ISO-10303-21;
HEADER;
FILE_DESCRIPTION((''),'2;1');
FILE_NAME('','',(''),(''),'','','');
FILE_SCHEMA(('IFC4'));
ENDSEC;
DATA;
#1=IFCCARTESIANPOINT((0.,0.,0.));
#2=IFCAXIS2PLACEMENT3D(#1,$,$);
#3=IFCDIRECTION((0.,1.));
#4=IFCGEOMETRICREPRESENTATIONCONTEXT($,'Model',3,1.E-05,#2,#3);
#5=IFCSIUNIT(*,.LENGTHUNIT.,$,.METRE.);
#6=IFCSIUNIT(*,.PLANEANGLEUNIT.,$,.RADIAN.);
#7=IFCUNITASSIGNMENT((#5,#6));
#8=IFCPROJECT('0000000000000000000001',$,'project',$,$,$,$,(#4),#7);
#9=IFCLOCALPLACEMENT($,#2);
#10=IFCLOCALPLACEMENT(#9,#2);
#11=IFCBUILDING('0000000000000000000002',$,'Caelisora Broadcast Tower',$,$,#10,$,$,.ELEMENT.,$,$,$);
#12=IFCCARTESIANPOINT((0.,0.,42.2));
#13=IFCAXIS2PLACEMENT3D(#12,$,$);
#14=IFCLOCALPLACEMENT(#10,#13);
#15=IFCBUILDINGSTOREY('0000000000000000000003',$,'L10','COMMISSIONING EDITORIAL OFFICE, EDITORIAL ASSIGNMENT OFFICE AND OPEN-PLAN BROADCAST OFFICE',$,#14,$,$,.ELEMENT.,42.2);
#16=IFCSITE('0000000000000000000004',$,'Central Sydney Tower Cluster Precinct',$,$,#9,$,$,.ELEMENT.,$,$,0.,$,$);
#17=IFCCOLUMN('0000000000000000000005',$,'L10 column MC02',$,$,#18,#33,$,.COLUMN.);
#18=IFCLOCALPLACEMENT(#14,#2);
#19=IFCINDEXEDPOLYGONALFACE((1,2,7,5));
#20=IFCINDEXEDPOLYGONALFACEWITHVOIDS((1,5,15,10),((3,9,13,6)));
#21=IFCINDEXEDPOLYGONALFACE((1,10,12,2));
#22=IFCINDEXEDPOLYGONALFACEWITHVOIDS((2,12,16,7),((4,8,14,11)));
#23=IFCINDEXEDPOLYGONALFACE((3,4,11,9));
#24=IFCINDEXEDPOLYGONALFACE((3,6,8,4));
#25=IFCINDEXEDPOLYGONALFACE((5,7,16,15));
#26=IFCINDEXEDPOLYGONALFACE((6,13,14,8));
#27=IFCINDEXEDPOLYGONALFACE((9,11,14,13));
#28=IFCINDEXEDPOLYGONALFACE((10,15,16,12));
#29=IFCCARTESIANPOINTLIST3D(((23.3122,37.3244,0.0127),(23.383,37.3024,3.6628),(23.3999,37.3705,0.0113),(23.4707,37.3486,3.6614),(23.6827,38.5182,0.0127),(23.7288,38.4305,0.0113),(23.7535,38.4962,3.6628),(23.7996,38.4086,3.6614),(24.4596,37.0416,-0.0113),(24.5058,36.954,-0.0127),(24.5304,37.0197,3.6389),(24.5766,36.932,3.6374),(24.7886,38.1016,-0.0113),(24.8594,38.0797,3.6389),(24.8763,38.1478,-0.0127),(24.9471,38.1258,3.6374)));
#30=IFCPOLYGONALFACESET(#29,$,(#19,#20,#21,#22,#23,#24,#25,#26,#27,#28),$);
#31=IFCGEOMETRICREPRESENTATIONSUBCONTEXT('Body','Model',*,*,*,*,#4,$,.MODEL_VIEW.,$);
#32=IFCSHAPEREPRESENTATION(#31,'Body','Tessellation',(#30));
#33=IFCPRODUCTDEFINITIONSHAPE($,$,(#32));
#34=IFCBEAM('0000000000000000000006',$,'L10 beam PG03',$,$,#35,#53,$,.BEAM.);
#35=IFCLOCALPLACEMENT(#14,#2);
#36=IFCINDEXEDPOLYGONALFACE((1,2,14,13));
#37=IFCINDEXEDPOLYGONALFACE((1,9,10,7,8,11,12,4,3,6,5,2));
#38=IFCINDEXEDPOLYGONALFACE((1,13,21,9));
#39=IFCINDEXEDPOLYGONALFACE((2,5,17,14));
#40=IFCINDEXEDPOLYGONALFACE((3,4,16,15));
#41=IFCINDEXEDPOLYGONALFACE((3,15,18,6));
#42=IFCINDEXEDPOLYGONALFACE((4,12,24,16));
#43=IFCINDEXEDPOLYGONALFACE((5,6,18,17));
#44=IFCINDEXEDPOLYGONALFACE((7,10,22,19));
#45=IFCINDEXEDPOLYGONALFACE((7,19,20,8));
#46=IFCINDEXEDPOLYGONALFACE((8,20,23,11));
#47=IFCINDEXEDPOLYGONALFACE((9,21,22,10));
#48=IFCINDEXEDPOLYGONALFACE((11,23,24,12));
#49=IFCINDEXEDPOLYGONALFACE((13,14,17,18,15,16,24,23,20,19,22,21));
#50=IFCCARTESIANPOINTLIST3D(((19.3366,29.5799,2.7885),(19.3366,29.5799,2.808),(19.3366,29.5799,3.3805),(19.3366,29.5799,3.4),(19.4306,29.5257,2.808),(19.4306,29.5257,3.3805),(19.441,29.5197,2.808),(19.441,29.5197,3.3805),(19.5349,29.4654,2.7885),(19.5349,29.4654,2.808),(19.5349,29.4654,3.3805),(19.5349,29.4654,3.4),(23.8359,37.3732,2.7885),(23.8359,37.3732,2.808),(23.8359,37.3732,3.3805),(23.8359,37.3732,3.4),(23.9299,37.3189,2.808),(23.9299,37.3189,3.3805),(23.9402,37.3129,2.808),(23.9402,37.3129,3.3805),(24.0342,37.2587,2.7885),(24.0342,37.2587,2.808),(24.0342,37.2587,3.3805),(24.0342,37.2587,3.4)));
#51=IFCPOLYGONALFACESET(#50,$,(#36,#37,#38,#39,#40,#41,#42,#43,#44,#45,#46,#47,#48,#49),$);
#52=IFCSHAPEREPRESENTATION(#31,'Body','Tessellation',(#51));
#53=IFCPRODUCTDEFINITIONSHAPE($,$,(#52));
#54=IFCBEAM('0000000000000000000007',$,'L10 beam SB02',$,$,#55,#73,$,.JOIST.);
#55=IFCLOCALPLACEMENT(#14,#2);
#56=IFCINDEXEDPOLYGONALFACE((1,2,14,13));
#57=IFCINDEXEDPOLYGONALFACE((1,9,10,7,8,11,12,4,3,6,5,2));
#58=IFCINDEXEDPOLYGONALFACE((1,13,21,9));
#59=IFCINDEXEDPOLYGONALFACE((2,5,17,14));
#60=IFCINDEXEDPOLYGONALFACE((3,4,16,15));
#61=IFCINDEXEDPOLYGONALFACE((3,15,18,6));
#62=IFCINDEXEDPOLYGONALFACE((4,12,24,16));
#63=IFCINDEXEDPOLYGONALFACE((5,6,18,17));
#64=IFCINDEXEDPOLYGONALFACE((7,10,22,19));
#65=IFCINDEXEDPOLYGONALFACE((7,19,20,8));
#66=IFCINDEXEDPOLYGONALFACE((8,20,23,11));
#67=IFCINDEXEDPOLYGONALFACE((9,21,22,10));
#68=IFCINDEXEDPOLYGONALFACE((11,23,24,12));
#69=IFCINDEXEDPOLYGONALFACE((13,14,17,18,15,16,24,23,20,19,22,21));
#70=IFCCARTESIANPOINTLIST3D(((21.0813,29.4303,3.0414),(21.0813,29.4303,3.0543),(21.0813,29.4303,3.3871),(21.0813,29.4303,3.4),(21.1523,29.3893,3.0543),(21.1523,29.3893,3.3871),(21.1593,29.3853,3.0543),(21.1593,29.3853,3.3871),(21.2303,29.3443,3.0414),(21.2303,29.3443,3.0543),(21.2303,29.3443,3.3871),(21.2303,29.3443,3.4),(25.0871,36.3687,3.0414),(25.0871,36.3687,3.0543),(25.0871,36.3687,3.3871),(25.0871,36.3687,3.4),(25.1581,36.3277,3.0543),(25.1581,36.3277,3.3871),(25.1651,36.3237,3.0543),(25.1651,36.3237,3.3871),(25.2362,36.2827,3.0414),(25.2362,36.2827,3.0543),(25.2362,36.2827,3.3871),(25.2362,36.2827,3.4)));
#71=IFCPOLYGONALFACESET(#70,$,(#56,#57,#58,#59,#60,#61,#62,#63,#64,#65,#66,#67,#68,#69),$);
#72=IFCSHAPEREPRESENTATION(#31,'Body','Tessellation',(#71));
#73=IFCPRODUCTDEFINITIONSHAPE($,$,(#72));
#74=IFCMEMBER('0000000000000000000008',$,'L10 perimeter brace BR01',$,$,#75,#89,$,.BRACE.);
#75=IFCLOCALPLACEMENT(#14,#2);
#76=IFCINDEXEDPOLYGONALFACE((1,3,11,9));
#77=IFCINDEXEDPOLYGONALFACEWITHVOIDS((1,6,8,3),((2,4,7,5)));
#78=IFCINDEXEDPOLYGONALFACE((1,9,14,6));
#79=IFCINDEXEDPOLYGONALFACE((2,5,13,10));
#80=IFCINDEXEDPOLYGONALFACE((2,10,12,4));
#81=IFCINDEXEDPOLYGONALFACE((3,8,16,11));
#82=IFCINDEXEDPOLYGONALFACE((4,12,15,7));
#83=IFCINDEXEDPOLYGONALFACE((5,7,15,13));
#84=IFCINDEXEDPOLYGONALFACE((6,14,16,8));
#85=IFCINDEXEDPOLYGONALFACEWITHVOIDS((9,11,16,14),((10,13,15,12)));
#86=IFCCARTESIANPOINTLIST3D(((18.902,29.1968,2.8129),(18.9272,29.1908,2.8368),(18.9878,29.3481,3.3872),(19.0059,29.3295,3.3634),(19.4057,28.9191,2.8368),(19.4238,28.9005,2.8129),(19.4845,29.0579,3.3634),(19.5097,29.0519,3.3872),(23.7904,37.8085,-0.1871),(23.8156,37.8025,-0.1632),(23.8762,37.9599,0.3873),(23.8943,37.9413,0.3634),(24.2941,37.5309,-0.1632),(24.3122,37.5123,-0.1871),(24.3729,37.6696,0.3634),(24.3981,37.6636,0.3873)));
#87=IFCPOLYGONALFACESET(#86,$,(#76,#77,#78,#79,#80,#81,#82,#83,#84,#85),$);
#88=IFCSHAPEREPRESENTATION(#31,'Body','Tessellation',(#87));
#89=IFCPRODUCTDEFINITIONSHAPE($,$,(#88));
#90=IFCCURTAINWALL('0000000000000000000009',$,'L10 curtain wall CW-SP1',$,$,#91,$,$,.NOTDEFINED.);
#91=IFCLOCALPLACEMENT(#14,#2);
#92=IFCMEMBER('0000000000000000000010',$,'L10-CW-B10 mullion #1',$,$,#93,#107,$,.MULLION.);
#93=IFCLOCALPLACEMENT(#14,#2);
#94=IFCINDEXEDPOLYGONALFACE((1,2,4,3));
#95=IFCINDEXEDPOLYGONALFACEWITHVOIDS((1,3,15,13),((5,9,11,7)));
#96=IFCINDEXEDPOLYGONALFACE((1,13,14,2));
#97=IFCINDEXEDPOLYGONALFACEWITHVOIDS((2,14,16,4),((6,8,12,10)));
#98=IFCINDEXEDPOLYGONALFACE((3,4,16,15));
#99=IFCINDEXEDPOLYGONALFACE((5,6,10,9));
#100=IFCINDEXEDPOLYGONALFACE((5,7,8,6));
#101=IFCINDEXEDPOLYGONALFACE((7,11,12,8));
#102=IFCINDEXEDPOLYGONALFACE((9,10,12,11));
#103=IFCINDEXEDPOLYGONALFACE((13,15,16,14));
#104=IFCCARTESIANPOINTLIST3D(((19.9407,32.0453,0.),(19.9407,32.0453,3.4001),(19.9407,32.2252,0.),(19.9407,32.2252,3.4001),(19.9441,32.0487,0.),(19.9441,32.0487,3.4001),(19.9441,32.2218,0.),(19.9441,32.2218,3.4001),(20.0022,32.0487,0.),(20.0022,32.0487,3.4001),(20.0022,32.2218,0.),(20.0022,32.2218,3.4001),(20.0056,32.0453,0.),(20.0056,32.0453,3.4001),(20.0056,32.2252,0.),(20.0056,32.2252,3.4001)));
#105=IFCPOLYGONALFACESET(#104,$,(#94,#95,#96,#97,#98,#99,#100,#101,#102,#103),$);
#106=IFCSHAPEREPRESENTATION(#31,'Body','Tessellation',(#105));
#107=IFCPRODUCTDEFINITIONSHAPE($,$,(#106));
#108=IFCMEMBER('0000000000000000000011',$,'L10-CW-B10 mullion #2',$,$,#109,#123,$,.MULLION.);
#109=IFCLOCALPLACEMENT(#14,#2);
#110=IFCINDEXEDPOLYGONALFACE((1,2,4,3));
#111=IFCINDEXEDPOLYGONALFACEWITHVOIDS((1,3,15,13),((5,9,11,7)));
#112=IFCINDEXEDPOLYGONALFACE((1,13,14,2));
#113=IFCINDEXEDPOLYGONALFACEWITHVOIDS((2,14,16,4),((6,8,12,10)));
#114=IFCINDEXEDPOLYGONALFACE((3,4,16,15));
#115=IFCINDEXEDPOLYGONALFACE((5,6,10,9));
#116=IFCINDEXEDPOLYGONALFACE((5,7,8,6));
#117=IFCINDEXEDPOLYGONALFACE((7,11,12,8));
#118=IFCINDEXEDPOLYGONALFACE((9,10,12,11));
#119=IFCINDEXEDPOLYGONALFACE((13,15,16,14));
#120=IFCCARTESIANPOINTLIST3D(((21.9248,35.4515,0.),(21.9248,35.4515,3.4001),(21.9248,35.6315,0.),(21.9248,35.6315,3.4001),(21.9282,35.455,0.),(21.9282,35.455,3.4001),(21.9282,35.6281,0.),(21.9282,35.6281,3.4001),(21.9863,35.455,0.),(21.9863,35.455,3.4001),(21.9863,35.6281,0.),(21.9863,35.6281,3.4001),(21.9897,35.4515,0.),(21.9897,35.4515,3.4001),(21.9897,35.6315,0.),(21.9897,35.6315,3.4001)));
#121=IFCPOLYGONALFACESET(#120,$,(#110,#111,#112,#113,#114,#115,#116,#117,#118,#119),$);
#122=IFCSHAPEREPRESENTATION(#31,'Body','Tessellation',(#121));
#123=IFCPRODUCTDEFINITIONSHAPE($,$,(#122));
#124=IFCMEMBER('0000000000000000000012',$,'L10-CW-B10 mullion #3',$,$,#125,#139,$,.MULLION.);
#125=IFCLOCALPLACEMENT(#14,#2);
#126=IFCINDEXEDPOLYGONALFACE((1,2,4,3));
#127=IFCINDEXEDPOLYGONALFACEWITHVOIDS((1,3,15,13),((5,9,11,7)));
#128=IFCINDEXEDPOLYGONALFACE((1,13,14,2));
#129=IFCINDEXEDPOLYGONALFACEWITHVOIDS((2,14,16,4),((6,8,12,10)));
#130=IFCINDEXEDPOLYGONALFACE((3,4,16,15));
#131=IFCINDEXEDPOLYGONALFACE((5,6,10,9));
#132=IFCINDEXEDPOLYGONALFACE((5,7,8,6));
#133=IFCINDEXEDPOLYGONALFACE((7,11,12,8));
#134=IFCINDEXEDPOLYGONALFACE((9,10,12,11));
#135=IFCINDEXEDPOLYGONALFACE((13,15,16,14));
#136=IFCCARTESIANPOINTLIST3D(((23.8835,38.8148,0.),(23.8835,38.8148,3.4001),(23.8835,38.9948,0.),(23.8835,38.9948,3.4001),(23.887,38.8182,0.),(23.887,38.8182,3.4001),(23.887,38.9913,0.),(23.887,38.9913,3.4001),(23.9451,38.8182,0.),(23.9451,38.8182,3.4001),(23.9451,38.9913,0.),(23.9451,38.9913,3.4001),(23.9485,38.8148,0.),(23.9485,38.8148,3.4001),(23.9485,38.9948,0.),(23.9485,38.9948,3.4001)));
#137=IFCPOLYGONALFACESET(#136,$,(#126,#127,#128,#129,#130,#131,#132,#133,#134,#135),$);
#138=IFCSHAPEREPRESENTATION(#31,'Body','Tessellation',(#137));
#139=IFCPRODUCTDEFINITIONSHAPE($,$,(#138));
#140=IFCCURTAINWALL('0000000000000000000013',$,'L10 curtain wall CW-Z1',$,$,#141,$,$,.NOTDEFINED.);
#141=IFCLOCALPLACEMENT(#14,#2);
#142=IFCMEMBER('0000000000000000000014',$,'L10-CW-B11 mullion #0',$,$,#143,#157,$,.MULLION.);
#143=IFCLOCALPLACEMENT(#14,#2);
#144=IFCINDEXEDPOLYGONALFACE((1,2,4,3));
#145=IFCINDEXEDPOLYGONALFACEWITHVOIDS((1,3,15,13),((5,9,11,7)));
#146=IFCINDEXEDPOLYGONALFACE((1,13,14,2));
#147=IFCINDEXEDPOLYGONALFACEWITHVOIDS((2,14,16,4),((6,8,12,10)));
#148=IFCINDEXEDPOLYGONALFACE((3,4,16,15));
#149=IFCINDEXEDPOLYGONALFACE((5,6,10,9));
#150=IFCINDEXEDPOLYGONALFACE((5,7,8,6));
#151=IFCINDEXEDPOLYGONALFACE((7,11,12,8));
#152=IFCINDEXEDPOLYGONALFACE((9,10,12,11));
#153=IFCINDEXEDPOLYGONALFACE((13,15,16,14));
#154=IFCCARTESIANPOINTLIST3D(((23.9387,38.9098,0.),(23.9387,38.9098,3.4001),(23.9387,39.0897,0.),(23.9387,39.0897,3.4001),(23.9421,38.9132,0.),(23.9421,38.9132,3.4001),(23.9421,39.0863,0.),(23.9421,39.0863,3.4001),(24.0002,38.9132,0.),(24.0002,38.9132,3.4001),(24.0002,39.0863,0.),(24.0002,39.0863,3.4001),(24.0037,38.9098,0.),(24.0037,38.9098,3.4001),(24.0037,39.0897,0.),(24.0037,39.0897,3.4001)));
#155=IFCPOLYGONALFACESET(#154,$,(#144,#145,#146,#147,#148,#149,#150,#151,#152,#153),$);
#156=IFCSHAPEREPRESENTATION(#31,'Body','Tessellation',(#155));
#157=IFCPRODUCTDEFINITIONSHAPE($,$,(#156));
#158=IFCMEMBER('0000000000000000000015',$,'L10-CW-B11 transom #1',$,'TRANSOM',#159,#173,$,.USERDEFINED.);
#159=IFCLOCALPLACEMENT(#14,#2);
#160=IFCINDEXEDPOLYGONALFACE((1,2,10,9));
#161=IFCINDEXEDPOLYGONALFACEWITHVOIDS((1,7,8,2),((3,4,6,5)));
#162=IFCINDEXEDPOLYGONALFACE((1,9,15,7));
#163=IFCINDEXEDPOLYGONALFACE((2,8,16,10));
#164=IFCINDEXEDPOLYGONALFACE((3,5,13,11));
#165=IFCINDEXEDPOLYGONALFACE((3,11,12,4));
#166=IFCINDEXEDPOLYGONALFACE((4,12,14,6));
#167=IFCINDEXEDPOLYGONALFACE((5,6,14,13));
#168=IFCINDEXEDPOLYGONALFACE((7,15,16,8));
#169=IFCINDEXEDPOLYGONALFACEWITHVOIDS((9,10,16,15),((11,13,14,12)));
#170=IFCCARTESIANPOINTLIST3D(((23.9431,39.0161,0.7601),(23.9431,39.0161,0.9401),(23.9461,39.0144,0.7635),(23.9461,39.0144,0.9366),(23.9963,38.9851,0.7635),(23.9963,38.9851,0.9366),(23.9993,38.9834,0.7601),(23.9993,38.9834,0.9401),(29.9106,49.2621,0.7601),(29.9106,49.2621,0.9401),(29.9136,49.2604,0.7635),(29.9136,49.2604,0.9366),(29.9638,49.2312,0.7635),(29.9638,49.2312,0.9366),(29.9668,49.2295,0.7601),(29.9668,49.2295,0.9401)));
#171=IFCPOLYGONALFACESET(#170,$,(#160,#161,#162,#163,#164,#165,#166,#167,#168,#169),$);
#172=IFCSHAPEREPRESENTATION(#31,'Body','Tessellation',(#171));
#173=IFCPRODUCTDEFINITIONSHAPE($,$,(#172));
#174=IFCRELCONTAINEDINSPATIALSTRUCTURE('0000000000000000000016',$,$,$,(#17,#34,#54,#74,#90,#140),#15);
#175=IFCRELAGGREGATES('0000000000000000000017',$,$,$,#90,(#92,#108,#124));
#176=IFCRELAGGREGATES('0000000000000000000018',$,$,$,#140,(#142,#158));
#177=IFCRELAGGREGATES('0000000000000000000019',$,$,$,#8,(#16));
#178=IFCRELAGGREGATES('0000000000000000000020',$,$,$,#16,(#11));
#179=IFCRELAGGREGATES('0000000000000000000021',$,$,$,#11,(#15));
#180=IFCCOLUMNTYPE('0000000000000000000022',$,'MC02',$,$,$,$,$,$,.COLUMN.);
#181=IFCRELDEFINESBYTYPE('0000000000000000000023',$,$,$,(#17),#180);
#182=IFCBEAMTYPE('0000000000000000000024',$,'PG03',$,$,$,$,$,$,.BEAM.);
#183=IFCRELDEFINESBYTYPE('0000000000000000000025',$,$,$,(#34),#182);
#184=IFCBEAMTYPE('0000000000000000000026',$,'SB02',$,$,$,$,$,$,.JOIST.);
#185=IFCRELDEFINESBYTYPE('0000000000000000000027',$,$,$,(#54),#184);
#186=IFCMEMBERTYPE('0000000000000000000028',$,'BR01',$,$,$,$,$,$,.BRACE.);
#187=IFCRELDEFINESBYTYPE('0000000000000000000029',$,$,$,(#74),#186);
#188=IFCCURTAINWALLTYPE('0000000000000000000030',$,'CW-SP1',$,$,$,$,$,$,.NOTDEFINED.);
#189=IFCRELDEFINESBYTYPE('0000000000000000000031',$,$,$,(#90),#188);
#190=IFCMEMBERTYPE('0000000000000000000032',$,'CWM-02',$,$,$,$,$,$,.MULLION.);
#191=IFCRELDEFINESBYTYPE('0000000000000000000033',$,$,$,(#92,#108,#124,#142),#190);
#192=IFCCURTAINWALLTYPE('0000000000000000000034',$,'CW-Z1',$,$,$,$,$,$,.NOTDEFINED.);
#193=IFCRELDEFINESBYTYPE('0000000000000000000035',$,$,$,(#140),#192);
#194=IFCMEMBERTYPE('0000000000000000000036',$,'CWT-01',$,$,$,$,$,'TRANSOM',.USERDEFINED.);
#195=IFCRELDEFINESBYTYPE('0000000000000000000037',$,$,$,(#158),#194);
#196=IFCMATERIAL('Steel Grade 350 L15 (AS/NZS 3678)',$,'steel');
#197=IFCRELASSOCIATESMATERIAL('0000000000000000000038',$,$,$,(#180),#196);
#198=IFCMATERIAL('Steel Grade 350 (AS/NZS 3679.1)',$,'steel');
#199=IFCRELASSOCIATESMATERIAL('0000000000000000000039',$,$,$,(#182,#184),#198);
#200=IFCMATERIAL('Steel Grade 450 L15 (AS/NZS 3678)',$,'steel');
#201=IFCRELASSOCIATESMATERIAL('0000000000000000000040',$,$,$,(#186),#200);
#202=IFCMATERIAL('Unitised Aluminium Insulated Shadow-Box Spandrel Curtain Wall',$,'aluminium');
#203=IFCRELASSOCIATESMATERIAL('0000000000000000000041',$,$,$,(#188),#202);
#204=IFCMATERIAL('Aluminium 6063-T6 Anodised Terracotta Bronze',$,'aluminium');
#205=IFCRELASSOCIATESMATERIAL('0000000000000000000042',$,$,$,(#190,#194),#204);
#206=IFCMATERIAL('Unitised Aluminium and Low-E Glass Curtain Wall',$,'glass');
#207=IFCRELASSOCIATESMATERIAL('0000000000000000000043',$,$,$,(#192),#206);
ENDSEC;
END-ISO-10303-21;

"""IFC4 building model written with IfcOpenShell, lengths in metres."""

from ifc_helpers import new_model, si_unit, direction, frame, origin, origin_2d, place, context, subcontext, project, spatial, hollow_rectangle, i_section, extrude, source, transform, mapped, material, material_profile, profile_set, type_object, type_shapes, element, aggregate, save


model = new_model("IFC4")

# Units and contexts
model_context = context("Model", 3, precision=1e-05, world=origin(), true_north=direction((0.0, 1.0)))
body_context = subcontext(model_context, "Body", "Model", "MODEL_VIEW")
ifc_project = project(units=[si_unit("LENGTHUNIT", "METRE"), si_unit("PLANEANGLEUNIT", "RADIAN")], contexts=[model_context])

# Site, building, storey
site_placement = place(None, origin())
site = spatial("IfcSite", under=ifc_project, at=site_placement, Name="Central Sydney Tower Cluster Precinct", CompositionType="ELEMENT", RefElevation=0.0)
building_placement = place(site_placement, origin())
building = spatial("IfcBuilding", under=site, at=building_placement, Name="Caelisora Broadcast Tower", CompositionType="ELEMENT")
storey_placement = place(building_placement, frame((0.0, 0.0, 42.2)))
storey = spatial("IfcBuildingStorey", under=building, at=storey_placement, Name="L10", Description="COMMISSIONING EDITORIAL OFFICE, EDITORIAL ASSIGNMENT OFFICE AND OPEN-PLAN BROADCAST OFFICE", CompositionType="ELEMENT", Elevation=42.2)

# Column
ifc_material_1 = material(Name="Steel Grade 350 L15 (AS/NZS 3678)", Category="steel")
ifc_material_profile_1 = material_profile(ifc_material_1, hollow_rectangle(XDim=1.25, YDim=1.25, WallThickness=0.0701, at=origin_2d()), Name="Steel Grade 350 L15 (AS/NZS 3678)")
ifc_profile_set_1 = profile_set([ifc_material_profile_1], Name="Steel Grade 350 L15 (AS/NZS 3678)")
column_type = type_object("IfcColumnType", Name="MC02", PredefinedType="COLUMN", material=ifc_profile_set_1)
shared_shape_1 = source(origin(), body_context, "Body", "SweptSolid", [
    extrude(hollow_rectangle(XDim=1.25, YDim=1.25, WallThickness=0.0701, at=origin_2d()), origin(), (0.0, 0.0, 1.0), 3.6509),
])
type_shapes(column_type, [shared_shape_1])
column_placement = place(storey_placement, frame((24.0942, 37.7361, 0.0), z_axis=(0.019393, -0.006018, 0.999794), x_axis=(0.296399, 0.955064, 0.0)))
element("IfcColumn", 1, at=column_placement, inside=storey, type_object=column_type, Name="L10 column MC02", PredefinedType="COLUMN", context=body_context, shape_type="MappedRepresentation", body=[
    mapped(shared_shape_1, transform((0.0, 0.0, 0.0), scale=1.0)),
])

# Beams
ifc_material_2 = material(Name="Steel Grade 350 (AS/NZS 3679.1)", Category="steel")
ifc_material_profile_2 = material_profile(ifc_material_2, i_section(OverallWidth=0.229, OverallDepth=0.6116, WebThickness=0.012, FlangeThickness=0.0195, at=origin_2d()), Name="Steel Grade 350 (AS/NZS 3679.1)")
ifc_profile_set_2 = profile_set([ifc_material_profile_2], Name="Steel Grade 350 (AS/NZS 3679.1)")
beam_type_1 = type_object("IfcBeamType", Name="PG03", PredefinedType="BEAM", material=ifc_profile_set_2)
shared_shape_2 = source(origin(), body_context, "Body", "SweptSolid", [
    extrude(i_section(OverallWidth=0.229, OverallDepth=0.6116, WebThickness=0.012, FlangeThickness=0.0195, at=origin_2d()), origin(), (0.0, 0.0, 1.0), 8.9988),
])
type_shapes(beam_type_1, [shared_shape_2])
beam_1_placement = place(storey_placement, frame((23.9351, 37.3159, 3.0942), z_axis=(-0.499988, -0.866032, 0.0), x_axis=(0.866032, -0.499988, 0.0)))
element("IfcBeam", 2, at=beam_1_placement, inside=storey, type_object=beam_type_1, Name="L10 beam PG03", PredefinedType="BEAM", context=body_context, shape_type="MappedRepresentation", body=[
    mapped(shared_shape_2, transform((0.0, 0.0, 0.0), scale=1.0)),
])
ifc_material_profile_3 = material_profile(ifc_material_2, i_section(OverallWidth=0.1721, OverallDepth=0.3586, WebThickness=0.0081, FlangeThickness=0.0129, at=origin_2d()), Name="Steel Grade 350 (AS/NZS 3679.1)")
ifc_profile_set_3 = profile_set([ifc_material_profile_3], Name="Steel Grade 350 (AS/NZS 3679.1)")
beam_type_2 = type_object("IfcBeamType", Name="SB02", PredefinedType="JOIST", material=ifc_profile_set_3)
shared_shape_3 = source(origin(), body_context, "Body", "SweptSolid", [
    extrude(i_section(OverallWidth=0.1721, OverallDepth=0.3586, WebThickness=0.0081, FlangeThickness=0.0129, at=origin_2d()), origin(), (0.0, 0.0, 1.0), 8.0117),
])
type_shapes(beam_type_2, [shared_shape_3])
beam_2_placement = place(storey_placement, frame((25.1616, 36.3257, 3.2207), z_axis=(-0.499993, -0.866029, 0.0), x_axis=(0.866029, -0.499993, 0.0)))
element("IfcBeam", 3, at=beam_2_placement, inside=storey, type_object=beam_type_2, Name="L10 beam SB02", PredefinedType="JOIST", context=body_context, shape_type="MappedRepresentation", body=[
    mapped(shared_shape_3, transform((0.0, 0.0, 0.0), scale=1.0)),
])

# Member
ifc_material_3 = material(Name="Steel Grade 450 L15 (AS/NZS 3678)", Category="steel")
ifc_material_profile_4 = material_profile(ifc_material_3, hollow_rectangle(XDim=0.6001, YDim=0.6001, WallThickness=0.0249, at=origin_2d()), Name="Steel Grade 450 L15 (AS/NZS 3678)")
ifc_profile_set_4 = profile_set([ifc_material_profile_4], Name="Steel Grade 450 L15 (AS/NZS 3678)")
member_type_1 = type_object("IfcMemberType", Name="BR01", PredefinedType="BRACE", material=ifc_profile_set_4)
shared_shape_4 = source(origin(), body_context, "Body", "SweptSolid", [
    extrude(hollow_rectangle(XDim=0.6001, YDim=0.6001, WallThickness=0.0249, at=origin_2d()), origin(), (0.0, 0.0, 1.0), 10.3469),
])
type_shapes(member_type_1, [shared_shape_4])
member_1_placement = place(storey_placement, frame((24.0942, 37.7361, 0.1001), z_axis=(-0.472449, -0.832302, 0.28994), x_axis=(0.869658, -0.493654, 0.0)))
element("IfcMember", 4, at=member_1_placement, inside=storey, type_object=member_type_1, Name="L10 perimeter brace BR01", PredefinedType="BRACE", context=body_context, shape_type="MappedRepresentation", body=[
    mapped(shared_shape_4, transform((0.0, 0.0, 0.0), scale=1.0)),
])

# Curtain walls, members
ifc_material_4 = material(Name="Unitised Aluminium Insulated Shadow-Box Spandrel Curtain Wall", Category="aluminium")
curtain_wall_type_1 = type_object("IfcCurtainWallType", Name="CW-SP1", PredefinedType="NOTDEFINED", material=ifc_material_4)
curtain_wall_1_placement = place(storey_placement, origin())
curtain_wall_1 = element("IfcCurtainWall", 5, at=curtain_wall_1_placement, inside=storey, type_object=curtain_wall_type_1, Name="L10 curtain wall CW-SP1", PredefinedType="NOTDEFINED")
ifc_material_5 = material(Name="Aluminium 6063-T6 Anodised Terracotta Bronze", Category="aluminium")
ifc_material_profile_5 = material_profile(ifc_material_5, hollow_rectangle(XDim=0.0649, YDim=0.1799, WallThickness=0.0034, at=origin_2d()), Name="Aluminium 6063-T6 Anodised Terracotta Bronze")
ifc_profile_set_5 = profile_set([ifc_material_profile_5], Name="Aluminium 6063-T6 Anodised Terracotta Bronze")
member_type_2 = type_object("IfcMemberType", Name="CWM-02", PredefinedType="MULLION", material=ifc_profile_set_5)
shared_shape_5 = source(origin(), body_context, "Body", "SweptSolid", [
    extrude(hollow_rectangle(XDim=0.0649, YDim=0.1799, WallThickness=0.0034, at=origin_2d()), origin(), (0.0, 0.0, 1.0), 3.4001),
])
type_shapes(member_type_2, [shared_shape_5])
member_2_placement = place(storey_placement, frame((19.9731, 32.1353, 0.0), z_axis=(0.0, 0.0, 1.0), x_axis=(1.0, 0.0, 0.0)))
member_2 = element("IfcMember", 6, at=member_2_placement, type_object=member_type_2, Name="L10-CW-B10 mullion #1", PredefinedType="MULLION", context=body_context, shape_type="MappedRepresentation", body=[
    mapped(shared_shape_5, transform((0.0, 0.0, 0.0), scale=1.0)),
])
member_3_placement = place(storey_placement, frame((21.9573, 35.5415, 0.0), z_axis=(0.0, 0.0, 1.0), x_axis=(1.0, 0.0, 0.0)))
member_3 = element("IfcMember", 7, at=member_3_placement, type_object=member_type_2, Name="L10-CW-B10 mullion #2", PredefinedType="MULLION", context=body_context, shape_type="MappedRepresentation", body=[
    mapped(shared_shape_5, transform((0.0, 0.0, 0.0), scale=1.0)),
])
member_4_placement = place(storey_placement, frame((23.916, 38.9048, 0.0), z_axis=(0.0, 0.0, 1.0), x_axis=(1.0, 0.0, 0.0)))
member_4 = element("IfcMember", 8, at=member_4_placement, type_object=member_type_2, Name="L10-CW-B10 mullion #3", PredefinedType="MULLION", context=body_context, shape_type="MappedRepresentation", body=[
    mapped(shared_shape_5, transform((0.0, 0.0, 0.0), scale=1.0)),
])
ifc_material_6 = material(Name="Unitised Aluminium and Low-E Glass Curtain Wall", Category="glass")
curtain_wall_type_2 = type_object("IfcCurtainWallType", Name="CW-Z1", PredefinedType="NOTDEFINED", material=ifc_material_6)
curtain_wall_2_placement = place(storey_placement, origin())
curtain_wall_2 = element("IfcCurtainWall", 9, at=curtain_wall_2_placement, inside=storey, type_object=curtain_wall_type_2, Name="L10 curtain wall CW-Z1", PredefinedType="NOTDEFINED")
member_5_placement = place(storey_placement, frame((23.9712, 38.9998, 0.0), z_axis=(0.0, 0.0, 1.0), x_axis=(1.0, 0.0, 0.0)))
member_5 = element("IfcMember", 10, at=member_5_placement, type_object=member_type_2, Name="L10-CW-B11 mullion #0", PredefinedType="MULLION", context=body_context, shape_type="MappedRepresentation", body=[
    mapped(shared_shape_5, transform((0.0, 0.0, 0.0), scale=1.0)),
])
ifc_material_profile_6 = material_profile(ifc_material_5, hollow_rectangle(XDim=0.0649, YDim=0.1799, WallThickness=0.0034, at=origin_2d()), Name="Aluminium 6063-T6 Anodised Terracotta Bronze")
ifc_profile_set_6 = profile_set([ifc_material_profile_6], Name="Aluminium 6063-T6 Anodised Terracotta Bronze")
member_type_3 = type_object("IfcMemberType", Name="CWT-01", ElementType="TRANSOM", PredefinedType="USERDEFINED", material=ifc_profile_set_6)
shared_shape_6 = source(origin(), body_context, "Body", "SweptSolid", [
    extrude(hollow_rectangle(XDim=0.0649, YDim=0.1799, WallThickness=0.0034, at=origin_2d()), origin(), (0.0, 0.0, 1.0), 11.8572),
])
type_shapes(member_type_3, [shared_shape_6])
member_6_placement = place(storey_placement, frame((23.9712, 38.9998, 0.8501), z_axis=(0.503282, 0.864122, 0.0), x_axis=(-0.864122, 0.503282, 0.0)))
member_6 = element("IfcMember", 11, at=member_6_placement, type_object=member_type_3, Name="L10-CW-B11 transom #1", ObjectType="TRANSOM", PredefinedType="USERDEFINED", context=body_context, shape_type="MappedRepresentation", body=[
    mapped(shared_shape_6, transform((0.0, 0.0, 0.0), scale=1.0)),
])

aggregate(curtain_wall_1, [member_2, member_3, member_4])
aggregate(curtain_wall_2, [member_5, member_6])

save(model, "model.ifc")
